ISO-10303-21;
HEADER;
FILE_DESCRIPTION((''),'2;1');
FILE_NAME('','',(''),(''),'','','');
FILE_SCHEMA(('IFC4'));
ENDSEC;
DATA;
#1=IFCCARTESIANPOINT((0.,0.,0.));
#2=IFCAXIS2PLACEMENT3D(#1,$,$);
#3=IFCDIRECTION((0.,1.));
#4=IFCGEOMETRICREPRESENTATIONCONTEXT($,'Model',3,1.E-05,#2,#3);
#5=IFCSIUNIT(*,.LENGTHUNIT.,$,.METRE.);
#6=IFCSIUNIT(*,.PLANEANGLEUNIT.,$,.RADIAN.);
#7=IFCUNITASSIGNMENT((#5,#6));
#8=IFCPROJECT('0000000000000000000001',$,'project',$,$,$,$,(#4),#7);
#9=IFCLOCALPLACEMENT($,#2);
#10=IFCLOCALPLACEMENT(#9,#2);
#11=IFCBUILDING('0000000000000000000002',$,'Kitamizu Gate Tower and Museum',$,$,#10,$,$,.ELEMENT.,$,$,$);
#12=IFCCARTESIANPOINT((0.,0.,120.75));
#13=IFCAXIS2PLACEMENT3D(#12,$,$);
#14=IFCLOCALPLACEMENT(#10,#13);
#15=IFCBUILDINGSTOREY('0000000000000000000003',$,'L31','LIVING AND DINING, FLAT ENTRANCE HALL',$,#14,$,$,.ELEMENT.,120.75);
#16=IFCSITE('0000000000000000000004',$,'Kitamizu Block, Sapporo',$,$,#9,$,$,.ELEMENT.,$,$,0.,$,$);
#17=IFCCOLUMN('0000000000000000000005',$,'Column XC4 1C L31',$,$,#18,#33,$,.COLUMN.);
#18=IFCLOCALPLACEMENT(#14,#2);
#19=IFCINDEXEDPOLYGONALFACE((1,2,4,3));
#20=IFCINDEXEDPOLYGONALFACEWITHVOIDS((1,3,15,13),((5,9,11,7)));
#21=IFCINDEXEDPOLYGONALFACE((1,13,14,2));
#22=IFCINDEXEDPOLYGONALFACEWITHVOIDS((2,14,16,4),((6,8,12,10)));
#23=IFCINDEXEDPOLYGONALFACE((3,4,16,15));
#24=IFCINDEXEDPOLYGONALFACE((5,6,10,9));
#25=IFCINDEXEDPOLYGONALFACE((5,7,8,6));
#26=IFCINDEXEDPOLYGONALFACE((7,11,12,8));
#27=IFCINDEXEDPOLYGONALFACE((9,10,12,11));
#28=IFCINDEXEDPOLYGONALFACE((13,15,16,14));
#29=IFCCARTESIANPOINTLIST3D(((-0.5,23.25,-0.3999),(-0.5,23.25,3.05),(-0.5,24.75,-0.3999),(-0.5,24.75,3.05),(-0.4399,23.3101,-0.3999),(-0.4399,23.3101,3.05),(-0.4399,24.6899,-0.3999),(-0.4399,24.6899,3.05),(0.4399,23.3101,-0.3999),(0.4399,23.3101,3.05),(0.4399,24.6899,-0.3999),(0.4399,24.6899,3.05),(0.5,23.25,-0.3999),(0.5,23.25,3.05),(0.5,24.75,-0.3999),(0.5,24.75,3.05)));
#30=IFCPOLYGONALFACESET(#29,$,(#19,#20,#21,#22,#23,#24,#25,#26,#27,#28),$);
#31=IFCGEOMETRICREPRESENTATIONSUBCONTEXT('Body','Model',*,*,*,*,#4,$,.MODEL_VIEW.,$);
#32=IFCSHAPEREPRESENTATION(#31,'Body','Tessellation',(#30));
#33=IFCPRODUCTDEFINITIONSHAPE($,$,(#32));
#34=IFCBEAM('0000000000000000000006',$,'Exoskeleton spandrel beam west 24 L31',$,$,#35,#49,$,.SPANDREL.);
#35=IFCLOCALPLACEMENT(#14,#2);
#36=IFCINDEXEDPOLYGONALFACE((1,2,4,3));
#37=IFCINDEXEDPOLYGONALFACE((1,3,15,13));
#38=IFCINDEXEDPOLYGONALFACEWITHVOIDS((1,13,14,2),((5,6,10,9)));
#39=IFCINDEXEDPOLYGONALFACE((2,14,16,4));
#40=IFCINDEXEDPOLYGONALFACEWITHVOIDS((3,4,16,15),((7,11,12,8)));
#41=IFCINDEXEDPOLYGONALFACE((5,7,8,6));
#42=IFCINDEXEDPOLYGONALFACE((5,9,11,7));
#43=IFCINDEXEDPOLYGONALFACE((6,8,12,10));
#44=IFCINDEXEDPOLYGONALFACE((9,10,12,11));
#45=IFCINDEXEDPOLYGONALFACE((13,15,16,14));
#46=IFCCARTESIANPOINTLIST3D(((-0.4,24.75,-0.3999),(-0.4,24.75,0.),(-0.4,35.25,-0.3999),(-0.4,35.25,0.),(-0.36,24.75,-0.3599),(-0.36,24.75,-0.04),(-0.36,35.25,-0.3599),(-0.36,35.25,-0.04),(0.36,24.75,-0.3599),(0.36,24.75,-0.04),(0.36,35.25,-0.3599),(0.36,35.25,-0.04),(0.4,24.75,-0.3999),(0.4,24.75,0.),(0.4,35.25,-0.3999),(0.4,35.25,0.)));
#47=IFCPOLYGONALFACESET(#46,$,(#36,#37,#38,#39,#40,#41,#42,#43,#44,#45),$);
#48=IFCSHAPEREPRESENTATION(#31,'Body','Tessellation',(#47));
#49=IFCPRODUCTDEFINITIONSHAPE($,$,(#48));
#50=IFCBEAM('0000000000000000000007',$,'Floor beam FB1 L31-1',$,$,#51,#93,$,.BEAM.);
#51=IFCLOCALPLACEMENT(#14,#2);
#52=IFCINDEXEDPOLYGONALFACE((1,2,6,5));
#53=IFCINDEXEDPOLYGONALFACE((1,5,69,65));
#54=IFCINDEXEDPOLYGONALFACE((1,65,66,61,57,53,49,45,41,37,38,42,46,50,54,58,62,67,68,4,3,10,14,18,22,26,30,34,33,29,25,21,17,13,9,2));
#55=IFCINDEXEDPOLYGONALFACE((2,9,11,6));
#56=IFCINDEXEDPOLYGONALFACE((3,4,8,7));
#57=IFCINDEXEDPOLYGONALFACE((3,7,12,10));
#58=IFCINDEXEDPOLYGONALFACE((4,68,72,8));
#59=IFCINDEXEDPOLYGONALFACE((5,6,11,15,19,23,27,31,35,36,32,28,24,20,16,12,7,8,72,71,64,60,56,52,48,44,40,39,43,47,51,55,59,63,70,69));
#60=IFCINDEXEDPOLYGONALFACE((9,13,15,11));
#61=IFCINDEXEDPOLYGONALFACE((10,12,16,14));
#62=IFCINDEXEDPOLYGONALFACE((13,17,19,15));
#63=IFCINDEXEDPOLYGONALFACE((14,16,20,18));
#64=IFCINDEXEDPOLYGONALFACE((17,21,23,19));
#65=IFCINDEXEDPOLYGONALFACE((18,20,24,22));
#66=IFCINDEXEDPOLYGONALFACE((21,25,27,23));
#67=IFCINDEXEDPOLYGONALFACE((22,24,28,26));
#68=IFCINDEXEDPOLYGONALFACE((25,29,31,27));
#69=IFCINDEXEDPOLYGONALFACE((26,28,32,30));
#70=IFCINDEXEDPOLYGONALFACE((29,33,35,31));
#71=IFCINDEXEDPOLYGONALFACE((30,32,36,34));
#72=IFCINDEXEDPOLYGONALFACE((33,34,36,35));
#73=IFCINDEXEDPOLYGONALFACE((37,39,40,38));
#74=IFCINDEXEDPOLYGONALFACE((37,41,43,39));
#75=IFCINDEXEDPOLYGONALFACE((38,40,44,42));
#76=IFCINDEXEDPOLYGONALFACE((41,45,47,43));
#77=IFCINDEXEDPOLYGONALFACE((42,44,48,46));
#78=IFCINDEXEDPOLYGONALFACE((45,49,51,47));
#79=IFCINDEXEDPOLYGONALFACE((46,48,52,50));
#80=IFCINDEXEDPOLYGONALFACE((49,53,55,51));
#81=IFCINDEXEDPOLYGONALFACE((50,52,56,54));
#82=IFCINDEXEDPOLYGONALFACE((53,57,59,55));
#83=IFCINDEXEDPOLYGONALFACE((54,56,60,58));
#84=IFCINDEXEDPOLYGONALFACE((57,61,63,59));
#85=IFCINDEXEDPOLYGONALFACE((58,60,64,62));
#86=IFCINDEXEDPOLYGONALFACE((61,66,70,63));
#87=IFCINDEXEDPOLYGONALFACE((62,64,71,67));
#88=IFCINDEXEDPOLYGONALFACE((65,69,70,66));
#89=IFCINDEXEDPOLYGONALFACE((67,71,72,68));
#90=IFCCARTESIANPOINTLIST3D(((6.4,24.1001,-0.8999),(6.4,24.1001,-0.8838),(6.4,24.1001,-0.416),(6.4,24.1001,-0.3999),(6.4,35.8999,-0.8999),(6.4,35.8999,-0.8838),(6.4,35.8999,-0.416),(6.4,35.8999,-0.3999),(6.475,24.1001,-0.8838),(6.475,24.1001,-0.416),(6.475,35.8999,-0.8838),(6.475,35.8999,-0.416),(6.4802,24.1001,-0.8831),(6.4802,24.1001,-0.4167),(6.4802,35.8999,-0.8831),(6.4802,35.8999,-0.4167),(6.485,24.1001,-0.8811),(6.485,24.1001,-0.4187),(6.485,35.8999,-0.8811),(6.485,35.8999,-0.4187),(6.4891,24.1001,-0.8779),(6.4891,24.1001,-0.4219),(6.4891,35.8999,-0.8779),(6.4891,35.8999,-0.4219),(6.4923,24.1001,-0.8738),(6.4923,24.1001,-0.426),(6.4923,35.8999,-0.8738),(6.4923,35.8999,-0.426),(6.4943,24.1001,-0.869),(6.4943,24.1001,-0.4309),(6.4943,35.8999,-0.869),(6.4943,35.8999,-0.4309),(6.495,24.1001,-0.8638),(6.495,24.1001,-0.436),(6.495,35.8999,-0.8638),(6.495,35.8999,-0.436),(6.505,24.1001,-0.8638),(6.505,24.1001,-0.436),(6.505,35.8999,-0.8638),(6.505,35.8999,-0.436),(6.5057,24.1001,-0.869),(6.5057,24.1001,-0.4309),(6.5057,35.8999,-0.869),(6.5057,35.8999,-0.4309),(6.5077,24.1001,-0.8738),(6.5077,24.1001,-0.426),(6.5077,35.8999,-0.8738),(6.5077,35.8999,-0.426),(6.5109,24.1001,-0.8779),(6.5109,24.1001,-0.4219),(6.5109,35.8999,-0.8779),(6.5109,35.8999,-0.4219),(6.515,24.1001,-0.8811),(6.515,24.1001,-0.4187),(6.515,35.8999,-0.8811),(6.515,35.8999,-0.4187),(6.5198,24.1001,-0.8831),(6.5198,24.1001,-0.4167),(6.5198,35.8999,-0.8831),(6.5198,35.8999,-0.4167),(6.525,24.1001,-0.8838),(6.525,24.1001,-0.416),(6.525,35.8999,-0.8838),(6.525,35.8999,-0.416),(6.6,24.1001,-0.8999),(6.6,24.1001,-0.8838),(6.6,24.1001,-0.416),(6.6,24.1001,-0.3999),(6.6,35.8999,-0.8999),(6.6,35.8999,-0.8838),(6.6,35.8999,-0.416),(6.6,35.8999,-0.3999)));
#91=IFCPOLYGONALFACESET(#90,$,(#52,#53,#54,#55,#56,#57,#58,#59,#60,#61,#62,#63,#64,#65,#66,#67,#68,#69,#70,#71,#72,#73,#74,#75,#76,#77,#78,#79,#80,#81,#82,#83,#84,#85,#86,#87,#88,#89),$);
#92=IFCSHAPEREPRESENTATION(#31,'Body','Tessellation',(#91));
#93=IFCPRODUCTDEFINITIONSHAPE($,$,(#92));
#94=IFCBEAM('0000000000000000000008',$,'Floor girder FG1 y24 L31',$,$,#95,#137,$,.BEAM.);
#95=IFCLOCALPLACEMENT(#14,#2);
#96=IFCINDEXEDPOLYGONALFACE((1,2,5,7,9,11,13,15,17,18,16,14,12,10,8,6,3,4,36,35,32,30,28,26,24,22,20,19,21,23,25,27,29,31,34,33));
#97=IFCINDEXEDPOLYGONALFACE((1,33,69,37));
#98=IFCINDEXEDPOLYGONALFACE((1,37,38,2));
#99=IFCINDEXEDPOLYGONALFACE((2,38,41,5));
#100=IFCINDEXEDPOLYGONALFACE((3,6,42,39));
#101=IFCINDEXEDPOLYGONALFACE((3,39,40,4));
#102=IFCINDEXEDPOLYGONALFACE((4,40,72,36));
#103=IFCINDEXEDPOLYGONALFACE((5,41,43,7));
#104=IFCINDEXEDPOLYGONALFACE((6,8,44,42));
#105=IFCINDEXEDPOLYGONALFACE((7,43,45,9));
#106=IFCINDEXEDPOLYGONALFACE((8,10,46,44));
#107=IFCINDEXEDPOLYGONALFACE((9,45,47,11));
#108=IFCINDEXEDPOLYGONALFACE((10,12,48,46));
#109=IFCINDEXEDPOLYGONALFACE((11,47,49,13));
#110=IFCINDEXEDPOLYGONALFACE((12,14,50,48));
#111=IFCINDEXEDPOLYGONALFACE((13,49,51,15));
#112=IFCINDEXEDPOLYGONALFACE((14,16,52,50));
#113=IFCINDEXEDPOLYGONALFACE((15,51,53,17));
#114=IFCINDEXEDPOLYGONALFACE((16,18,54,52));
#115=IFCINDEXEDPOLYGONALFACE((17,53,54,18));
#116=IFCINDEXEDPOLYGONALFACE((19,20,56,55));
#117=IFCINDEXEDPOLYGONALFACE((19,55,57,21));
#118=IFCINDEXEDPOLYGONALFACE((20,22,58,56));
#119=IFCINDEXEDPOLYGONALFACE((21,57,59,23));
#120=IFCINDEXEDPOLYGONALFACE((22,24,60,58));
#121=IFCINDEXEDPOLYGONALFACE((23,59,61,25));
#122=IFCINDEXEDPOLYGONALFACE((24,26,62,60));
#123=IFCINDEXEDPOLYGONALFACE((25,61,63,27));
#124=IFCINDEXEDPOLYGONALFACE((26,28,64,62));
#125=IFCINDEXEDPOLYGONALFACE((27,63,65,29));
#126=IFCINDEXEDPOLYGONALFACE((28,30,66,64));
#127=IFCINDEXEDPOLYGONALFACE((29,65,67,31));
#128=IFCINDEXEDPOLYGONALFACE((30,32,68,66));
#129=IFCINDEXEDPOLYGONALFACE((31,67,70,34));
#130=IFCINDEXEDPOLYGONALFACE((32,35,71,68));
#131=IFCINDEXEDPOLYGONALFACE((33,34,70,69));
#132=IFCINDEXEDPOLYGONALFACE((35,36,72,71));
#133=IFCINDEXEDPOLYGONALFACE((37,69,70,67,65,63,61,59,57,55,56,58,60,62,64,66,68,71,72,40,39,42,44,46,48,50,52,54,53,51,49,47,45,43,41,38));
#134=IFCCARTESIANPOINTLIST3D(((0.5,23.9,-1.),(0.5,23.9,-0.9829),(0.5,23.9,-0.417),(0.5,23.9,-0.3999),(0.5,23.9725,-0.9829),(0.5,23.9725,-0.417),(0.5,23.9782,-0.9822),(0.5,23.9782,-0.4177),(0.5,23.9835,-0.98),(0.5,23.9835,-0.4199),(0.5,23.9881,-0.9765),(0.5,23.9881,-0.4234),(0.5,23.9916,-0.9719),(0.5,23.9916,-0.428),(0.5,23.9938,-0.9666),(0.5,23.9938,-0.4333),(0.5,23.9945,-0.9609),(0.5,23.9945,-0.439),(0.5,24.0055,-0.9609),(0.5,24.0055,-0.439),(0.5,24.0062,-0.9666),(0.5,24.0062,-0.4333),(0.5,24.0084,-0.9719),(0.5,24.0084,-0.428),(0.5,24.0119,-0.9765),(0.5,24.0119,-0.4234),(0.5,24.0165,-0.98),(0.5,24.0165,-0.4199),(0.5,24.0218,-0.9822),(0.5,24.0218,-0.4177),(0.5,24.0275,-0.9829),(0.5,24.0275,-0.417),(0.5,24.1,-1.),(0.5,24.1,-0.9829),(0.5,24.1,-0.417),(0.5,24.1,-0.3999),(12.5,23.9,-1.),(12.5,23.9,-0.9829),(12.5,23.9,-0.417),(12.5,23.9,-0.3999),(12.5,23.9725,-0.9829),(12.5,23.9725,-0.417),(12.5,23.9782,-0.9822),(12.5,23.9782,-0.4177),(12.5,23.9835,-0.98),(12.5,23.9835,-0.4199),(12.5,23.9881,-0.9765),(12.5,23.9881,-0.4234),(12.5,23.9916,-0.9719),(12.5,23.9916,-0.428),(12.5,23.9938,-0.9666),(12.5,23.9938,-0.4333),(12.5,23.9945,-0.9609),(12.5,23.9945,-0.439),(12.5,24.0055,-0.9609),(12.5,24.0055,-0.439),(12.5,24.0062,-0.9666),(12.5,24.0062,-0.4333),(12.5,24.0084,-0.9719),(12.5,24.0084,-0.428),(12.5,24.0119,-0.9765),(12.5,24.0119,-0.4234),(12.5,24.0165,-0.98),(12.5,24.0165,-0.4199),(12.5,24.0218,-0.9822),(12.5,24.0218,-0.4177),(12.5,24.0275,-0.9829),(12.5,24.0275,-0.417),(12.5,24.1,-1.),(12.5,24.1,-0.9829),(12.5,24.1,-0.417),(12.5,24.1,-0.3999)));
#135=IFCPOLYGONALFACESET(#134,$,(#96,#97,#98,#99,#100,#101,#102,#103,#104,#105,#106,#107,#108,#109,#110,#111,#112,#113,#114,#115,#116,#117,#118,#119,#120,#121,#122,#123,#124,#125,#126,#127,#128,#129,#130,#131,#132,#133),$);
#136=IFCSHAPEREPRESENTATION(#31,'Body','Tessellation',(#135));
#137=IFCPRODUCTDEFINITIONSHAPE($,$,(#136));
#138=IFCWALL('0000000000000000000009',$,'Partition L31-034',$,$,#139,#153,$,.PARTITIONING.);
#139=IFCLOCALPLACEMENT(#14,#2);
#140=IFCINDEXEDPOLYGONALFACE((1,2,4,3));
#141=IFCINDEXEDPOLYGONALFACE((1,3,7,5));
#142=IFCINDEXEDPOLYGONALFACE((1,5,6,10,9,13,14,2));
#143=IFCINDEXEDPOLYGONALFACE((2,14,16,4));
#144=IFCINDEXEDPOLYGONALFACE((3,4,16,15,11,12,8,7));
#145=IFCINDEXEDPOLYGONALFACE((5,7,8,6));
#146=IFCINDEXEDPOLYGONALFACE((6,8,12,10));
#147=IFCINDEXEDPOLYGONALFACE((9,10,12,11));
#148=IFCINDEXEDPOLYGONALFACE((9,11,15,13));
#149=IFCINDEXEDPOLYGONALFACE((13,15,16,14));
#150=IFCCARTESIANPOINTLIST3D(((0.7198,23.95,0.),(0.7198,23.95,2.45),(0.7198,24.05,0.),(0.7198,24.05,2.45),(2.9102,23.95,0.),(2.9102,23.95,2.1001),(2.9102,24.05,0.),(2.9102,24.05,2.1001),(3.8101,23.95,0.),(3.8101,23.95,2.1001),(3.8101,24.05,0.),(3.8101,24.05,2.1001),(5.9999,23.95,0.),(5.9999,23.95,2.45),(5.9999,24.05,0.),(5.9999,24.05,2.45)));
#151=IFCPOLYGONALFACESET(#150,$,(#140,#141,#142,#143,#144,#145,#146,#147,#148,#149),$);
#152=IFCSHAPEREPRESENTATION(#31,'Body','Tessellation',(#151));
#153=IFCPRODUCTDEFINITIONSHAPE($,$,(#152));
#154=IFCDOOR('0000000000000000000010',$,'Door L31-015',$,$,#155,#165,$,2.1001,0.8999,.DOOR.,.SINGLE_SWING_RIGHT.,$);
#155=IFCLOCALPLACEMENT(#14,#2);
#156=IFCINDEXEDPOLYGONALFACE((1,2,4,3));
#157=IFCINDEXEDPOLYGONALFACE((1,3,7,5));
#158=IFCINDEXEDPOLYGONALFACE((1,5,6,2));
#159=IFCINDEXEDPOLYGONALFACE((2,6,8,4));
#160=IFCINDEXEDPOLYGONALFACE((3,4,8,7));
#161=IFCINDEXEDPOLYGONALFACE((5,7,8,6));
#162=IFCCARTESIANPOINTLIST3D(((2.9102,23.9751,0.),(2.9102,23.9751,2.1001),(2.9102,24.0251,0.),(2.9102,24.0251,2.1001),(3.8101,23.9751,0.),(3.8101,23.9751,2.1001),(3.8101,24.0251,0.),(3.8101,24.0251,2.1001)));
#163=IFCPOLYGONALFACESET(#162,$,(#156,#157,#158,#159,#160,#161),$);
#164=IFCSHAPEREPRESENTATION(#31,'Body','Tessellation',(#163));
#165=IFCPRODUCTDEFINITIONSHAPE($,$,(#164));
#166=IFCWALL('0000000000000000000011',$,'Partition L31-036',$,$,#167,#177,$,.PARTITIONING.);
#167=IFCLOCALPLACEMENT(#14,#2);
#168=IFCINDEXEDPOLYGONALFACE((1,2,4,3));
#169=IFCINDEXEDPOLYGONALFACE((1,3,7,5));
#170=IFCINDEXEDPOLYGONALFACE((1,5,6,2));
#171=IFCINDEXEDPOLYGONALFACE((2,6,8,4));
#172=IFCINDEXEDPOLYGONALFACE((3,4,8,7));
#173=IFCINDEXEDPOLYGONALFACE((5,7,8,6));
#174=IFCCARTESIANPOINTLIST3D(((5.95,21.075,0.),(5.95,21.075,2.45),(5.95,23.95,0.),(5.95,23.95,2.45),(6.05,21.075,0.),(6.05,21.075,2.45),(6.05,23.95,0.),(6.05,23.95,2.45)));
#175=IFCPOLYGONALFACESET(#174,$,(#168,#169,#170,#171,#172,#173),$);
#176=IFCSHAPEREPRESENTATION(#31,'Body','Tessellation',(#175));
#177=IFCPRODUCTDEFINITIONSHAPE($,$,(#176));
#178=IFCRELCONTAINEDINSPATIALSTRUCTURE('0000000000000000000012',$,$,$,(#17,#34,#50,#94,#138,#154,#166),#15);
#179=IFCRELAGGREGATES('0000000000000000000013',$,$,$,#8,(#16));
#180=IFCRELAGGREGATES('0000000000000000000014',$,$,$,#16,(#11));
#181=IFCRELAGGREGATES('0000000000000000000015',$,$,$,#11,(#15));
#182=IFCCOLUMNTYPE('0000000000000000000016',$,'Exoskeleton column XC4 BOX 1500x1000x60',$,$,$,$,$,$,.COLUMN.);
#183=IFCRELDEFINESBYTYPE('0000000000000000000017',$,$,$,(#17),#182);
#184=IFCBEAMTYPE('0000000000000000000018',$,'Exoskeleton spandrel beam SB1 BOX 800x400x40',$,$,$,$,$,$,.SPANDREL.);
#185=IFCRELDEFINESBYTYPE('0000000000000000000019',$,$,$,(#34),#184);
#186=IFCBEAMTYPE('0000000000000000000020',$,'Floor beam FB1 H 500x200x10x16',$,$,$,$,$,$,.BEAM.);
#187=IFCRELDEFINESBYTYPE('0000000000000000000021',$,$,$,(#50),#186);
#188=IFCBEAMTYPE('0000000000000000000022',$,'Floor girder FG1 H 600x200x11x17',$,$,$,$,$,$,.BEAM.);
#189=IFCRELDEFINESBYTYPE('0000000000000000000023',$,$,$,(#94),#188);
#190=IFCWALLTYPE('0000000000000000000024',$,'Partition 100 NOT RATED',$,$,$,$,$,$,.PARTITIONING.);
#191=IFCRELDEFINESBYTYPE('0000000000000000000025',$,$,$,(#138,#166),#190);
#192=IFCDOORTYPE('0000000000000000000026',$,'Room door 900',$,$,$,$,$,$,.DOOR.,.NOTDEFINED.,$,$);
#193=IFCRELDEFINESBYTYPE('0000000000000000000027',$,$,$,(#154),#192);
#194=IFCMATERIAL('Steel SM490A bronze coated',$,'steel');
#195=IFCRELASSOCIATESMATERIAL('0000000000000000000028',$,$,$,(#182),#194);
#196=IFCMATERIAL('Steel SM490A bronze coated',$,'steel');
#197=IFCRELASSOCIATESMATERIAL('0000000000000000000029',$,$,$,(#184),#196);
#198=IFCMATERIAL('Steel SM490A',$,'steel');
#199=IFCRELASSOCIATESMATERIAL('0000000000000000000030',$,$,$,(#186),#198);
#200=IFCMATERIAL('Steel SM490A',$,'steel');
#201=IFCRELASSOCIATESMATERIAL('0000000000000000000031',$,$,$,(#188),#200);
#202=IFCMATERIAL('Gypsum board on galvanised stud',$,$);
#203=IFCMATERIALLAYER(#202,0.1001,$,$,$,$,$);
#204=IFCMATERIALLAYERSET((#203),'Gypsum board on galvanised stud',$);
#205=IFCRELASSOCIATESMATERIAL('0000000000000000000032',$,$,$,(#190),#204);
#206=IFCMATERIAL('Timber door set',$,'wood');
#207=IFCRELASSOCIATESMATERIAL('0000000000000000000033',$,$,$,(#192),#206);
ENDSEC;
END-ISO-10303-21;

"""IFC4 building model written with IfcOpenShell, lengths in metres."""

from ifc_helpers import new_model, si_unit, direction, frame, frame_2d, origin, origin_2d, place, context, subcontext, project, spatial, rectangle, hollow_rectangle, i_section, extrude, material, layer, layer_set, material_profile, profile_set, type_object, element, fill, save


model = new_model("IFC4")

# Units and contexts
model_context = context("Model", 3, precision=1e-05, world=origin(), true_north=direction((0.0, 1.0)))
body_context = subcontext(model_context, "Body", "Model", "MODEL_VIEW")
ifc_project = project(units=[si_unit("LENGTHUNIT", "METRE"), si_unit("PLANEANGLEUNIT", "RADIAN")], contexts=[model_context])

# Site, building, storey
site_placement = place(None, origin())
site = spatial("IfcSite", under=ifc_project, at=site_placement, Name="Kitamizu Block, Sapporo", CompositionType="ELEMENT", RefElevation=0.0)
building_placement = place(site_placement, origin())
building = spatial("IfcBuilding", under=site, at=building_placement, Name="Kitamizu Gate Tower and Museum", CompositionType="ELEMENT")
storey_placement = place(building_placement, frame((0.0, 0.0, 120.75)))
storey = spatial("IfcBuildingStorey", under=building, at=storey_placement, Name="L31", Description="LIVING AND DINING, FLAT ENTRANCE HALL", CompositionType="ELEMENT", Elevation=120.75)

# Column
ifc_material_1 = material(Name="Steel SM490A bronze coated", Category="steel")
ifc_material_profile_1 = material_profile(ifc_material_1, hollow_rectangle(XDim=1.5, YDim=1.0, WallThickness=0.0601, at=origin_2d()), Name="BOX 1500x1000x60")
ifc_profile_set_1 = profile_set([ifc_material_profile_1], Name="Steel SM490A bronze coated")
column_type = type_object("IfcColumnType", Name="Exoskeleton column XC4 BOX 1500x1000x60", PredefinedType="COLUMN", material=ifc_profile_set_1)
column_placement = place(storey_placement, frame((0.0, 24.0, -0.3999), z_axis=(0.0, 0.0, 1.0), x_axis=(0.0, 1.0, 0.0)))
element("IfcColumn", 1, at=column_placement, inside=storey, type_object=column_type, Name="Column XC4 1C L31", PredefinedType="COLUMN", context=body_context, shape_type="SweptSolid", body=[
    extrude(hollow_rectangle(XDim=1.5, YDim=1.0, WallThickness=0.0601, at=origin_2d()), origin(), (0.0, 0.0, 1.0), 3.45),
])

# Beams
ifc_material_2 = material(Name="Steel SM490A bronze coated", Category="steel")
ifc_material_profile_2 = material_profile(ifc_material_2, hollow_rectangle(XDim=0.8, YDim=0.3999, WallThickness=0.04, at=origin_2d()), Name="BOX 800x400x40")
ifc_profile_set_2 = profile_set([ifc_material_profile_2], Name="Steel SM490A bronze coated")
beam_type_1 = type_object("IfcBeamType", Name="Exoskeleton spandrel beam SB1 BOX 800x400x40", PredefinedType="SPANDREL", material=ifc_profile_set_2)
beam_1_placement = place(storey_placement, frame((0.0, 24.75, -0.2), z_axis=(0.0, 1.0, 0.0), x_axis=(-1.0, 0.0, 0.0)))
element("IfcBeam", 2, at=beam_1_placement, inside=storey, type_object=beam_type_1, Name="Exoskeleton spandrel beam west 24 L31", PredefinedType="SPANDREL", context=body_context, shape_type="SweptSolid", body=[
    extrude(hollow_rectangle(XDim=0.8, YDim=0.3999, WallThickness=0.04, at=origin_2d()), origin(), (0.0, 0.0, 1.0), 10.5),
])
ifc_material_3 = material(Name="Steel SM490A", Category="steel")
ifc_material_profile_3 = material_profile(ifc_material_3, i_section(OverallWidth=0.2, OverallDepth=0.5, WebThickness=0.01, FlangeThickness=0.0161, FilletRadius=0.02, at=origin_2d()), Name="H-500x200x10x16")
ifc_profile_set_3 = profile_set([ifc_material_profile_3], Name="Steel SM490A")
beam_type_2 = type_object("IfcBeamType", Name="Floor beam FB1 H 500x200x10x16", PredefinedType="BEAM", material=ifc_profile_set_3)
beam_2_placement = place(storey_placement, frame((6.5, 24.1001, -0.6499), z_axis=(0.0, 1.0, 0.0), x_axis=(-1.0, 0.0, 0.0)))
element("IfcBeam", 3, at=beam_2_placement, inside=storey, type_object=beam_type_2, Name="Floor beam FB1 L31-1", PredefinedType="BEAM", context=body_context, shape_type="SweptSolid", body=[
    extrude(i_section(OverallWidth=0.2, OverallDepth=0.5, WebThickness=0.01, FlangeThickness=0.0161, FilletRadius=0.02, at=origin_2d()), origin(), (0.0, 0.0, 1.0), 11.7998),
])
ifc_material_4 = material(Name="Steel SM490A", Category="steel")
ifc_material_profile_4 = material_profile(ifc_material_4, i_section(OverallWidth=0.2, OverallDepth=0.6001, WebThickness=0.011, FlangeThickness=0.0171, FilletRadius=0.022, at=origin_2d()), Name="H-600x200x11x17")
ifc_profile_set_4 = profile_set([ifc_material_profile_4], Name="Steel SM490A")
beam_type_3 = type_object("IfcBeamType", Name="Floor girder FG1 H 600x200x11x17", PredefinedType="BEAM", material=ifc_profile_set_4)
beam_3_placement = place(storey_placement, frame((0.5, 24.0, -0.7), z_axis=(1.0, 0.0, 0.0), x_axis=(0.0, 1.0, 0.0)))
element("IfcBeam", 4, at=beam_3_placement, inside=storey, type_object=beam_type_3, Name="Floor girder FG1 y24 L31", PredefinedType="BEAM", context=body_context, shape_type="SweptSolid", body=[
    extrude(i_section(OverallWidth=0.2, OverallDepth=0.6001, WebThickness=0.011, FlangeThickness=0.0171, FilletRadius=0.022, at=origin_2d()), origin(), (0.0, 0.0, 1.0), 12.0),
])

# Wall, opening, door
ifc_material_5 = material(Name="Gypsum board on galvanised stud")
ifc_layer_1 = layer(ifc_material_5, 0.1001)
ifc_layer_set_1 = layer_set([ifc_layer_1], Name="Gypsum board on galvanised stud")
wall_type_1 = type_object("IfcWallType", Name="Partition 100 NOT RATED", PredefinedType="PARTITIONING", material=ifc_layer_set_1)
wall_1_placement = place(storey_placement, frame((6.0, 24.0, 0.0), z_axis=(0.0, 0.0, 1.0), x_axis=(-1.0, 0.0, 0.0)))
wall_1 = element("IfcWall", 5, at=wall_1_placement, inside=storey, type_object=wall_type_1, Name="Partition L31-034", PredefinedType="PARTITIONING", context=body_context, shape_type="SweptSolid", body=[
    extrude(rectangle(XDim=5.28, YDim=0.1001, at=frame_2d((2.6401, 0.0))), origin(), (0.0, 0.0, 1.0), 2.45),
])
opening_1_placement = place(wall_1_placement, frame((2.1899, 0.0, 0.0)))
opening_1 = element("IfcOpeningElement", 6, at=opening_1_placement, cuts=wall_1, PredefinedType="OPENING", context=body_context, shape_type="SweptSolid", body=[
    extrude(rectangle(XDim=0.8999, YDim=2.1001, at=frame_2d((0.45, 1.05))), frame((0.0, 0.0601, 0.0), z_axis=(0.0, -1.0, 0.0), x_axis=(1.0, 0.0, 0.0)), (0.0, 0.0, 1.0), 0.1201),
])
ifc_material_6 = material(Name="Timber door set", Category="wood")
door_type_1 = type_object("IfcDoorType", Name="Room door 900", OperationType="NOTDEFINED", PredefinedType="DOOR", material=ifc_material_6)
door_1_placement = place(opening_1_placement, origin())
door_1 = element("IfcDoor", 7, at=door_1_placement, inside=storey, type_object=door_type_1, Name="Door L31-015", OperationType="SINGLE_SWING_RIGHT", OverallHeight=2.1001, OverallWidth=0.8999, PredefinedType="DOOR", context=body_context, shape_type="SweptSolid", body=[
    extrude(rectangle(XDim=0.8999, YDim=2.1001, at=frame_2d((0.45, 1.05))), frame((0.0, 0.0249, 0.0), z_axis=(0.0, -1.0, 0.0), x_axis=(1.0, 0.0, 0.0)), (0.0, 0.0, 1.0), 0.05),
])
fill(opening_1, door_1)

# Wall
wall_2_placement = place(storey_placement, frame((6.0, 21.075, 0.0), z_axis=(0.0, 0.0, 1.0), x_axis=(0.0, 1.0, 0.0)))
element("IfcWall", 8, at=wall_2_placement, inside=storey, type_object=wall_type_1, Name="Partition L31-036", PredefinedType="PARTITIONING", context=body_context, shape_type="SweptSolid", body=[
    extrude(rectangle(XDim=2.875, YDim=0.1001, at=frame_2d((1.4375, 0.0))), origin(), (0.0, 0.0, 1.0), 2.45),
])

save(model, "model.ifc")
